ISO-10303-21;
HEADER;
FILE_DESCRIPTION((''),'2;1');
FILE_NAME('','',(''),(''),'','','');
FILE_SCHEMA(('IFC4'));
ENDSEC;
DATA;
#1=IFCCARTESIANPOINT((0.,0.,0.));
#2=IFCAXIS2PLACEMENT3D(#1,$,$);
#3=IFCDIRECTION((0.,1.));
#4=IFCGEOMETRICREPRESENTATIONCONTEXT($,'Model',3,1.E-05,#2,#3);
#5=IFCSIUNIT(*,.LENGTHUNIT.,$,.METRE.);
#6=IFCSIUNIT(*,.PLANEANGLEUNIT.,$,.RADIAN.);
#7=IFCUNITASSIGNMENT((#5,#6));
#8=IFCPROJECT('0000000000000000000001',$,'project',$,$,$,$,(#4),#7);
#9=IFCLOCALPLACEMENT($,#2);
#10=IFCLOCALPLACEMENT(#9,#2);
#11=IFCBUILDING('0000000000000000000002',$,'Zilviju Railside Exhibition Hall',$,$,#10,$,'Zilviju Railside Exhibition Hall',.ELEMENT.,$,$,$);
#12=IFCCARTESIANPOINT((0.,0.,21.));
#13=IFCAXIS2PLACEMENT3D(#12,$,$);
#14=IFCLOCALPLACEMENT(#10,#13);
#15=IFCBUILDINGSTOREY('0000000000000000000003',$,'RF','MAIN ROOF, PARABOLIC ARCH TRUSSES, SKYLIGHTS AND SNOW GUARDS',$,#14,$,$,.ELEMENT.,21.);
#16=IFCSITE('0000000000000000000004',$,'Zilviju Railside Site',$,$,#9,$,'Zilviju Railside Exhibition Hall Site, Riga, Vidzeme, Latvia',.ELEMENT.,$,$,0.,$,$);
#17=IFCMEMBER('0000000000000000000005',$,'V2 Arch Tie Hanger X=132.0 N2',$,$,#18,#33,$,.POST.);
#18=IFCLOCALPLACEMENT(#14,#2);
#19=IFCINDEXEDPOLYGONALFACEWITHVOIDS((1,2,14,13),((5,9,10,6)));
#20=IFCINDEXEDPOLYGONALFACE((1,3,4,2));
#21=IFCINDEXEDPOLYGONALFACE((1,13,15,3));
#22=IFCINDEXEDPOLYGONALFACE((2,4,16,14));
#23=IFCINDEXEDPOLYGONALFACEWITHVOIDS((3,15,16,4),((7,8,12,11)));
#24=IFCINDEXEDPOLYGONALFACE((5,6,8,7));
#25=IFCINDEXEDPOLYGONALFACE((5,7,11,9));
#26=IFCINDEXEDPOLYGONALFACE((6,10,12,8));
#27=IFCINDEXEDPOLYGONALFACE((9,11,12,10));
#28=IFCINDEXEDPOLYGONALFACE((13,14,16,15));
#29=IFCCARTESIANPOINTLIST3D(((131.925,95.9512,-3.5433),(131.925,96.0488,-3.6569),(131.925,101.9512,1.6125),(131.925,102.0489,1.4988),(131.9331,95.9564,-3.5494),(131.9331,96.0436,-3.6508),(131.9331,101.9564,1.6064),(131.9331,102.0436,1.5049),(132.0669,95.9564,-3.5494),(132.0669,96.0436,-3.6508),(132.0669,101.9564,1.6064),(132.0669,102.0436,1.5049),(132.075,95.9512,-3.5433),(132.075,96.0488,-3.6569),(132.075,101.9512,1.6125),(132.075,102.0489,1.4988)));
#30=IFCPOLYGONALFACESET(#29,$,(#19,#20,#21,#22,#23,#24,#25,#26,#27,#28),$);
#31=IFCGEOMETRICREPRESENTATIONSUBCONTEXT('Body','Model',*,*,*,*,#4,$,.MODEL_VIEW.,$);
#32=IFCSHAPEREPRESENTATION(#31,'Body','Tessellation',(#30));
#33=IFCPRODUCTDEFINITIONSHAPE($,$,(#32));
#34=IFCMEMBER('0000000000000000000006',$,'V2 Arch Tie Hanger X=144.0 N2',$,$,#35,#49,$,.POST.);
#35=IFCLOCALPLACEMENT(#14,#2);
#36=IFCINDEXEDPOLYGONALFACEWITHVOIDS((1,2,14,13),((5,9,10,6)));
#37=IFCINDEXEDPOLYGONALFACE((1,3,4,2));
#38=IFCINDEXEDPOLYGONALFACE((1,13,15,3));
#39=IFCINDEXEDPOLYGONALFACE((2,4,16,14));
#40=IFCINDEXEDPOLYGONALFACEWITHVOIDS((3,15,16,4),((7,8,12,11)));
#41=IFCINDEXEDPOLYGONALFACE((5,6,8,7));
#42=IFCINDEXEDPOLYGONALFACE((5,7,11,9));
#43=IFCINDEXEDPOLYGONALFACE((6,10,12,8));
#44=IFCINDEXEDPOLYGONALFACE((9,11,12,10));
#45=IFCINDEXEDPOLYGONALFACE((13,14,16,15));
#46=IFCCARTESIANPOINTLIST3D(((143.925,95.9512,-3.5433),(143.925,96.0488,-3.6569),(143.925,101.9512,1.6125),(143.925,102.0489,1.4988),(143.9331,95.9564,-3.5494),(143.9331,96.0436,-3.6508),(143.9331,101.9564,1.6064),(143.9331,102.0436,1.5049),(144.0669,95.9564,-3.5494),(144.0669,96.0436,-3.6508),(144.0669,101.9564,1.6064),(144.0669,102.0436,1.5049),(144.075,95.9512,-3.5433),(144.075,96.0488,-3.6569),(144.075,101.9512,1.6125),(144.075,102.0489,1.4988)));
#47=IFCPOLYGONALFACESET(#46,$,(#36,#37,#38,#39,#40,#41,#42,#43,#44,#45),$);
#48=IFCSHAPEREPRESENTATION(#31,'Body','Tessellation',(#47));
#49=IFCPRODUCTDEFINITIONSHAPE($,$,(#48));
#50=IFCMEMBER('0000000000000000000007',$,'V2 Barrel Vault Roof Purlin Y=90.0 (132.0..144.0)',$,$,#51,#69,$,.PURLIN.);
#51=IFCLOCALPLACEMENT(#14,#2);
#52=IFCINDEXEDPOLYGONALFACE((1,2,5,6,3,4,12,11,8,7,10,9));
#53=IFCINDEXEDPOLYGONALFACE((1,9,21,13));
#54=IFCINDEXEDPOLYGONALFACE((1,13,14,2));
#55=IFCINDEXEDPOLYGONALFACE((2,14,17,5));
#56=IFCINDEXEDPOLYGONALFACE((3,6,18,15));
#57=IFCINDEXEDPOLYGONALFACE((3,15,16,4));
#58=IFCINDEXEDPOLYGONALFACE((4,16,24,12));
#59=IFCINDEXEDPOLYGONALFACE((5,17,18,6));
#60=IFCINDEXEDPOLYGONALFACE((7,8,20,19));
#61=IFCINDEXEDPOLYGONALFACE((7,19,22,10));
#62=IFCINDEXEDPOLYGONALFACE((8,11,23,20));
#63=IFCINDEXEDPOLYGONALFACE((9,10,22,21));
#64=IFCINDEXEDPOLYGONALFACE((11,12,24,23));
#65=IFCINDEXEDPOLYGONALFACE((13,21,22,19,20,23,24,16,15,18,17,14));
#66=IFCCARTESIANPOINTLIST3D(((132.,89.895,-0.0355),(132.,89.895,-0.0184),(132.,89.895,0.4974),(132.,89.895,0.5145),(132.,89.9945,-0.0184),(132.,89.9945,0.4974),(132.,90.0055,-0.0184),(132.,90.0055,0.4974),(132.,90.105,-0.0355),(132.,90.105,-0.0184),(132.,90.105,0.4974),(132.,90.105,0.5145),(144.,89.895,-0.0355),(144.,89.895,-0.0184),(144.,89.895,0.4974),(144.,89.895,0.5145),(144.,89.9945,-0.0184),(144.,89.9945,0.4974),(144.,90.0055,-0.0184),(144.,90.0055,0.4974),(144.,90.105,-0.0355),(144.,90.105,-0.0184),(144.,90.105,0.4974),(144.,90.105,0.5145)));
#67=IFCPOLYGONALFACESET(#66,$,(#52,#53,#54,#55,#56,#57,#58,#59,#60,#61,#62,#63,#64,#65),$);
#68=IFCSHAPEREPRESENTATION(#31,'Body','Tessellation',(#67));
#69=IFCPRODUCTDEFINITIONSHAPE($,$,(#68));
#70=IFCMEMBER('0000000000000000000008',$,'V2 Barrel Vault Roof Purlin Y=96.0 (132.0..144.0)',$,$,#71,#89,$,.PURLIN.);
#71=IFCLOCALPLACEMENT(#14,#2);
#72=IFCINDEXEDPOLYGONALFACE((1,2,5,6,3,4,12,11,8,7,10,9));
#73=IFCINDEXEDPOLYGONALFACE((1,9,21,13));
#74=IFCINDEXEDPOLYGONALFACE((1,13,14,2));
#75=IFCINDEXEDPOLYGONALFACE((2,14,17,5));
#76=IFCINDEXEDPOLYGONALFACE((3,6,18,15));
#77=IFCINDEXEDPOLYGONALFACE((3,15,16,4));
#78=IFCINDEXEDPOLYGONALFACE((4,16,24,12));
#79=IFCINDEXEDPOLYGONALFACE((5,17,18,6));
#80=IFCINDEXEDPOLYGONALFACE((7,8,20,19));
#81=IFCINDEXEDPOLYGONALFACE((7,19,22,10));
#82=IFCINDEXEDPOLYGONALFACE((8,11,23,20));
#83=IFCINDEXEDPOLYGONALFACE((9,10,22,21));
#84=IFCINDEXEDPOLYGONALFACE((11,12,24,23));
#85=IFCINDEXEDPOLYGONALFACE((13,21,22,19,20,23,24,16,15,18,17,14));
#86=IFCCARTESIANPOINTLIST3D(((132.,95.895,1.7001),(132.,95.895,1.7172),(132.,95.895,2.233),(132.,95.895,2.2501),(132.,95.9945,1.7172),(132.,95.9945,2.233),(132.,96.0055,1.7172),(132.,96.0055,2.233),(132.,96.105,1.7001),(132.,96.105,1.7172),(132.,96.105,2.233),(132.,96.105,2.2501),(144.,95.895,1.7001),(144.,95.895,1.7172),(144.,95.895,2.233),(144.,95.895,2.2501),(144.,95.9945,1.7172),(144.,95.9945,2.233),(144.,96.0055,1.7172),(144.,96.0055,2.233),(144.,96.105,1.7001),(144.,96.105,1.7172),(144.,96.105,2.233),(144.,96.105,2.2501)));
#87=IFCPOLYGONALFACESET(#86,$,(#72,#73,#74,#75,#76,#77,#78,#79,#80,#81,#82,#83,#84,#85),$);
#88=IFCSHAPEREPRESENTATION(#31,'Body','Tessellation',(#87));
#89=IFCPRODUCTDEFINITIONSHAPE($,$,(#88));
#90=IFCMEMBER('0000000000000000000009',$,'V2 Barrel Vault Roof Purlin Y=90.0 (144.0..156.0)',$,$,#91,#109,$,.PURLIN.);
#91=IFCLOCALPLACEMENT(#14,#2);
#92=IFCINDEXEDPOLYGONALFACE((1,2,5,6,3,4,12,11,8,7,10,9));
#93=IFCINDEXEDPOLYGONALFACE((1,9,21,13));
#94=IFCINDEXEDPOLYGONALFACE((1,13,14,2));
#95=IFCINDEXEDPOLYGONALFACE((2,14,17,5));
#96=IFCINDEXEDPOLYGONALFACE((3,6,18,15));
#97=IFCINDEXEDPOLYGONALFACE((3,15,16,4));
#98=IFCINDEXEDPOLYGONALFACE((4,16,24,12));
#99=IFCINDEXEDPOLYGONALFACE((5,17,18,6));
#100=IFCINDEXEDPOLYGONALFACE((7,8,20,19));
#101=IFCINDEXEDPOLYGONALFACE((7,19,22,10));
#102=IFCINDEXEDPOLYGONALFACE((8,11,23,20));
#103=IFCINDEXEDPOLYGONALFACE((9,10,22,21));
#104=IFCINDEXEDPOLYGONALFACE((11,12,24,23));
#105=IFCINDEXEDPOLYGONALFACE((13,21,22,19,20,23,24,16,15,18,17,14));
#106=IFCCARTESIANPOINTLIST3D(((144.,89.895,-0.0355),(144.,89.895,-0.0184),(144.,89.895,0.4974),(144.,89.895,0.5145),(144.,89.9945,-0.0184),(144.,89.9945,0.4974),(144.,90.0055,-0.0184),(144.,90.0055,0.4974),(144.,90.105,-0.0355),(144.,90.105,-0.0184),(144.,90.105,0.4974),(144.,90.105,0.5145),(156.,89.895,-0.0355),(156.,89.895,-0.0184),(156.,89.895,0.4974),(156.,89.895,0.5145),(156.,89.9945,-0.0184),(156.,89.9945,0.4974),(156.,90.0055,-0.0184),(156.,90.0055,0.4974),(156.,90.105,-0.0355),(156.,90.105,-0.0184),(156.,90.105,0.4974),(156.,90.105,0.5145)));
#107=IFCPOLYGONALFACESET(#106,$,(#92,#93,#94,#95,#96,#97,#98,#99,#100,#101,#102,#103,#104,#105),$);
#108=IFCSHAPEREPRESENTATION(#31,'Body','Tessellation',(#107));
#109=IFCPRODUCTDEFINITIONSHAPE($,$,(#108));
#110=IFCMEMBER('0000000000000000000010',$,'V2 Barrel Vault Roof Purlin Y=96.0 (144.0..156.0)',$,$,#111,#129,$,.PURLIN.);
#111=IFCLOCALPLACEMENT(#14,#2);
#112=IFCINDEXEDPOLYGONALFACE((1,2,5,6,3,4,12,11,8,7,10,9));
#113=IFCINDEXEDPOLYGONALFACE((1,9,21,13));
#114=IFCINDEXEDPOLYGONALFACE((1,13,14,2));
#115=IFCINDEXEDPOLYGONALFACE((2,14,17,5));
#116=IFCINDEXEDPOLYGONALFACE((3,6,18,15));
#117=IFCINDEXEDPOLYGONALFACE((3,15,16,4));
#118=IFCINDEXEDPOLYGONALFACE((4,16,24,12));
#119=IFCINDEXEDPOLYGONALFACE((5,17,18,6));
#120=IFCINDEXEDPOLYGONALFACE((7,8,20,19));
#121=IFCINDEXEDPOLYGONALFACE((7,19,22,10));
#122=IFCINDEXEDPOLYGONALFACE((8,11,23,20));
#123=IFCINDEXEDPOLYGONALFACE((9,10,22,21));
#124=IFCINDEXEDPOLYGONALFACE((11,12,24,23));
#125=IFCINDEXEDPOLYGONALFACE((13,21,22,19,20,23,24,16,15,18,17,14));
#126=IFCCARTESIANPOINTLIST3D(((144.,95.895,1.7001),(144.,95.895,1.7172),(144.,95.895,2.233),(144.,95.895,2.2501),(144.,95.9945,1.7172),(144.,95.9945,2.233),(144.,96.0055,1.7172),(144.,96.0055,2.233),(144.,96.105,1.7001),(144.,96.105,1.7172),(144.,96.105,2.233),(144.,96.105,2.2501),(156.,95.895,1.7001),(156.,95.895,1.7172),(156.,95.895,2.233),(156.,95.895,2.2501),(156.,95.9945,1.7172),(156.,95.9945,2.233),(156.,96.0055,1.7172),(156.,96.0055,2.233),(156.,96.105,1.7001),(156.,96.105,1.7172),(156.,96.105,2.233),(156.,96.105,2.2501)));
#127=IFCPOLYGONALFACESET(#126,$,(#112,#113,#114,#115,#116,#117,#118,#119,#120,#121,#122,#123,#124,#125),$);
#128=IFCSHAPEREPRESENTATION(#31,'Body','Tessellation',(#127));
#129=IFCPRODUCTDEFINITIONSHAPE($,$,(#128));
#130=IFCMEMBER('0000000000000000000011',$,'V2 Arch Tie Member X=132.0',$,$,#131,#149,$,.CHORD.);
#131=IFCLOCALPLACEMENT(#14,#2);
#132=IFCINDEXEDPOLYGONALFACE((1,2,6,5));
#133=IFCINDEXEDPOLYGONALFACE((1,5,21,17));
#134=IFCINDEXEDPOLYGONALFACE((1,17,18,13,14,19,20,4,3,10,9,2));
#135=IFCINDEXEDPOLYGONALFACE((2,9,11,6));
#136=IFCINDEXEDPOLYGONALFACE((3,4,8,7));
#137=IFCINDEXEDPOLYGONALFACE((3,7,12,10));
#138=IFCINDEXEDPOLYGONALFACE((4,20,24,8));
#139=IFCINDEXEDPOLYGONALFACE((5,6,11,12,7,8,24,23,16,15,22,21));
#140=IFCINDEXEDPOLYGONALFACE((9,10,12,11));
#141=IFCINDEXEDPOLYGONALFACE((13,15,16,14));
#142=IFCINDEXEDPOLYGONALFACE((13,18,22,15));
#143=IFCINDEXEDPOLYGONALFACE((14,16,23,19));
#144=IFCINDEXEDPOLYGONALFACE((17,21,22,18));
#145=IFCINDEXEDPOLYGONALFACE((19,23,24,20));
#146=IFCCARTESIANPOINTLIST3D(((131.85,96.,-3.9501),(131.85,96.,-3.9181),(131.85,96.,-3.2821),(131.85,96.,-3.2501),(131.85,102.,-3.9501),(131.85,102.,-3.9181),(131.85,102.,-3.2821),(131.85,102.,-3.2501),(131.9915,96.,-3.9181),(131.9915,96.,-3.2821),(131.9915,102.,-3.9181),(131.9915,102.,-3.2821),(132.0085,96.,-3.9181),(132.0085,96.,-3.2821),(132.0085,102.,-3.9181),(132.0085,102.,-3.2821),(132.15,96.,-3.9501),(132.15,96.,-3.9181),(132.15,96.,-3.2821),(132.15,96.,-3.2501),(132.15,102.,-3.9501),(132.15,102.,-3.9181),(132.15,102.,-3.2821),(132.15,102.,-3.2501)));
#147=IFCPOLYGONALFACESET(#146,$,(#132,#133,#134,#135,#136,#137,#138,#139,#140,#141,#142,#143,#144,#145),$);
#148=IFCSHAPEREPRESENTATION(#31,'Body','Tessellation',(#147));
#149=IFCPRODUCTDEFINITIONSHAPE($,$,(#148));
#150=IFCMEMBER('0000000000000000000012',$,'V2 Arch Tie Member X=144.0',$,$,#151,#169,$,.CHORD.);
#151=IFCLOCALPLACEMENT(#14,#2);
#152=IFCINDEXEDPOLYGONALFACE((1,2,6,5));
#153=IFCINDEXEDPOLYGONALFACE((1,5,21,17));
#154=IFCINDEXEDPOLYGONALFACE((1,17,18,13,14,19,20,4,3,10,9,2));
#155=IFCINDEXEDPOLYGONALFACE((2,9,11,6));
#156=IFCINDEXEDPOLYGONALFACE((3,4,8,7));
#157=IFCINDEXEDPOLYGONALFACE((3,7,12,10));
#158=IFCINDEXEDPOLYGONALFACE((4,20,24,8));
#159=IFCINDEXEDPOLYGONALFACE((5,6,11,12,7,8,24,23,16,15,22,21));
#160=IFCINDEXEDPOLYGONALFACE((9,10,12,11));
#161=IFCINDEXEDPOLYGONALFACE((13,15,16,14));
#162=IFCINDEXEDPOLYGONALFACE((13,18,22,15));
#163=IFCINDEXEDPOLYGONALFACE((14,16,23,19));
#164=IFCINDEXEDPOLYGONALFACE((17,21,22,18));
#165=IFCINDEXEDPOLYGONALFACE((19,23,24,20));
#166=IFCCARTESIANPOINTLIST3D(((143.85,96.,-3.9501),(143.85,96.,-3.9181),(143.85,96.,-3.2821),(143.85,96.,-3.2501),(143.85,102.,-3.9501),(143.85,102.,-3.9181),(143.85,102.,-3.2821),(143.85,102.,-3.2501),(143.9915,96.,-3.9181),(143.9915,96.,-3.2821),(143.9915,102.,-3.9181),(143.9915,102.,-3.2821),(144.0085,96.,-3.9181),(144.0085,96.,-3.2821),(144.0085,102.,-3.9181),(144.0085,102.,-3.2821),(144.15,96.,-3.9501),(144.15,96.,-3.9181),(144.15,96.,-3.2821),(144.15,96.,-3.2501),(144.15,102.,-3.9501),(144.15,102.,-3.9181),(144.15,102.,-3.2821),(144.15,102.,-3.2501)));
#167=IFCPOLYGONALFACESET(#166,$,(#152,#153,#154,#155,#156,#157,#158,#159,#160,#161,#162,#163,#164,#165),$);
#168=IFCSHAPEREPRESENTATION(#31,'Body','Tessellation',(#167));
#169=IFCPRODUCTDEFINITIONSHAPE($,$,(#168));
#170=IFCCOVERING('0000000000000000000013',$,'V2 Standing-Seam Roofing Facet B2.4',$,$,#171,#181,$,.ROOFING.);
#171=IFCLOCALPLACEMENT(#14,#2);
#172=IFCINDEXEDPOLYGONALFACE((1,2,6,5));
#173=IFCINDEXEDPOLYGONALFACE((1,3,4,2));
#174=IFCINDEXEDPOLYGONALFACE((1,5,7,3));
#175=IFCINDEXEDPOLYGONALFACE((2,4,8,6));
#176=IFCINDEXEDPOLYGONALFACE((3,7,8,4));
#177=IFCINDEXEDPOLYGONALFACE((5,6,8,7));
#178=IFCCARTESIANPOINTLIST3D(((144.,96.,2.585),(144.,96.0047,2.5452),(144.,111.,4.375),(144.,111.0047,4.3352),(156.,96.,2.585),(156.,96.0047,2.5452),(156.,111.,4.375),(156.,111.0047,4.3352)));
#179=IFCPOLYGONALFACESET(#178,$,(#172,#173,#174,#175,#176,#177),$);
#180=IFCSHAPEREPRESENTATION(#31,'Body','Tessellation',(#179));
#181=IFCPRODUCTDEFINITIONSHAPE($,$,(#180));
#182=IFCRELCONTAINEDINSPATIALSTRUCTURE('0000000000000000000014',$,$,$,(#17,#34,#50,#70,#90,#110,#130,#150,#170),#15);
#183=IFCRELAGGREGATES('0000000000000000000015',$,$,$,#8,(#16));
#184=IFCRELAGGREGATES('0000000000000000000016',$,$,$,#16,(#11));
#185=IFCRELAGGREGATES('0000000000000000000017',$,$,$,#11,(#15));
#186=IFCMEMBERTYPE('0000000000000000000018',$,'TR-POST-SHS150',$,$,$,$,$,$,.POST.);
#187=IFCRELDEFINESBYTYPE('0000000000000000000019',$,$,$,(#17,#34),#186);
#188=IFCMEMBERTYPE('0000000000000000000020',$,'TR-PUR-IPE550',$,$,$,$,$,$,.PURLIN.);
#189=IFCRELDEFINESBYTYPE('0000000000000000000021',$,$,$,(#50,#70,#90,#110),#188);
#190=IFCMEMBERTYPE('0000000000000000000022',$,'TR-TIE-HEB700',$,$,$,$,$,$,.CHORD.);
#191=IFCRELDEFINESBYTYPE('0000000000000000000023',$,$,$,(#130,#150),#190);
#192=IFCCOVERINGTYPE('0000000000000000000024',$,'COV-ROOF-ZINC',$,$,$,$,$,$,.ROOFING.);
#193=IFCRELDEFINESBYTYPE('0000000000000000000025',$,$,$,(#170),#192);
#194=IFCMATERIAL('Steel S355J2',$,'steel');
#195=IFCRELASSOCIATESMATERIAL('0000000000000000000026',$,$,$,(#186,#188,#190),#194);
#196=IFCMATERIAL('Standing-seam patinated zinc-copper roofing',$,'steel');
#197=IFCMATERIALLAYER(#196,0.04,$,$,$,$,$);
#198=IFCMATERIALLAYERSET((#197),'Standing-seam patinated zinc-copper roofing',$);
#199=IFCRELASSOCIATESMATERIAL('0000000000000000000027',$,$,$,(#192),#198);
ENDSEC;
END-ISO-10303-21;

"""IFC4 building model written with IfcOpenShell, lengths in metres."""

from ifc_helpers import new_model, si_unit, direction, frame, origin, origin_2d, place, context, subcontext, project, spatial, polyline, hollow_rectangle, i_section, outline, extrude, material, layer, layer_set, material_profile, profile_set, type_object, element, save


model = new_model("IFC4")

# Units and contexts
model_context = context("Model", 3, precision=1e-05, world=origin(), true_north=direction((0.0, 1.0)))
body_context = subcontext(model_context, "Body", "Model", "MODEL_VIEW")
ifc_project = project(units=[si_unit("LENGTHUNIT", "METRE"), si_unit("PLANEANGLEUNIT", "RADIAN")], contexts=[model_context])

# Site, building, storey
site_placement = place(None, origin())
site = spatial("IfcSite", under=ifc_project, at=site_placement, Name="Zilviju Railside Site", LongName="Zilviju Railside Exhibition Hall Site, Riga, Vidzeme, Latvia", CompositionType="ELEMENT", RefElevation=0.0)
building_placement = place(site_placement, origin())
building = spatial("IfcBuilding", under=site, at=building_placement, Name="Zilviju Railside Exhibition Hall", LongName="Zilviju Railside Exhibition Hall", CompositionType="ELEMENT")
storey_placement = place(building_placement, frame((0.0, 0.0, 21.0)))
storey = spatial("IfcBuildingStorey", under=building, at=storey_placement, Name="RF", Description="MAIN ROOF, PARABOLIC ARCH TRUSSES, SKYLIGHTS AND SNOW GUARDS", CompositionType="ELEMENT", Elevation=21.0)

# Members
ifc_material_1 = material(Name="Steel S355J2", Category="steel")
ifc_material_profile_1 = material_profile(ifc_material_1, hollow_rectangle(XDim=0.1499, YDim=0.1499, WallThickness=0.0081, at=origin_2d()), Name="SHS 150x150x8.0")
ifc_profile_set_1 = profile_set([ifc_material_profile_1], Name="Steel S355J2")
member_type_1 = type_object("IfcMemberType", Name="TR-POST-SHS150", PredefinedType="POST", material=ifc_profile_set_1)
for number, where, z_axis, x_axis, name in (
    (1, (132.0, 96.0, -3.6001), (0.0, 0.75845, 0.651731), (-1.0, 0.0, 0.0), "V2 Arch Tie Hanger X=132.0 N2"),
    (2, (144.0, 96.0, -3.6001), (0.0, 0.75845, 0.651731), (-1.0, 0.0, 0.0), "V2 Arch Tie Hanger X=144.0 N2"),
):
    element("IfcMember", number, at=place(storey_placement, frame(where, z_axis=z_axis, x_axis=x_axis)), inside=storey, type_object=member_type_1, Name=name, PredefinedType="POST", context=body_context, shape_type="SweptSolid", body=[
        extrude(hollow_rectangle(XDim=0.1499, YDim=0.1499, WallThickness=0.0081, at=origin_2d()), origin(), (0.0, 0.0, 1.0), 7.9109),
    ])
ifc_material_profile_2 = material_profile(ifc_material_1, i_section(OverallWidth=0.21, OverallDepth=0.55, WebThickness=0.011, FlangeThickness=0.0171, at=origin_2d()), Name="IPE 550")
ifc_profile_set_2 = profile_set([ifc_material_profile_2], Name="Steel S355J2")
member_type_2 = type_object("IfcMemberType", Name="TR-PUR-IPE550", PredefinedType="PURLIN", material=ifc_profile_set_2)
for number, where, z_axis, x_axis, name in (
    (3, (132.0, 90.0, 0.2395), (1.0, 0.0, 0.0), (0.0, 1.0, 0.0), "V2 Barrel Vault Roof Purlin Y=90.0 (132.0..144.0)"),
    (4, (132.0, 96.0, 1.9751), (1.0, 0.0, 0.0), (0.0, 1.0, 0.0), "V2 Barrel Vault Roof Purlin Y=96.0 (132.0..144.0)"),
    (5, (144.0, 90.0, 0.2395), (1.0, 0.0, 0.0), (0.0, 1.0, 0.0), "V2 Barrel Vault Roof Purlin Y=90.0 (144.0..156.0)"),
    (6, (144.0, 96.0, 1.9751), (1.0, 0.0, 0.0), (0.0, 1.0, 0.0), "V2 Barrel Vault Roof Purlin Y=96.0 (144.0..156.0)"),
):
    element("IfcMember", number, at=place(storey_placement, frame(where, z_axis=z_axis, x_axis=x_axis)), inside=storey, type_object=member_type_2, Name=name, PredefinedType="PURLIN", context=body_context, shape_type="SweptSolid", body=[
        extrude(i_section(OverallWidth=0.21, OverallDepth=0.55, WebThickness=0.011, FlangeThickness=0.0171, at=origin_2d()), origin(), (0.0, 0.0, 1.0), 12.0),
    ])
ifc_material_profile_3 = material_profile(ifc_material_1, i_section(OverallWidth=0.3, OverallDepth=0.7, WebThickness=0.0171, FlangeThickness=0.032, at=origin_2d()), Name="HEB 700")
ifc_profile_set_3 = profile_set([ifc_material_profile_3], Name="Steel S355J2")
member_type_3 = type_object("IfcMemberType", Name="TR-TIE-HEB700", PredefinedType="CHORD", material=ifc_profile_set_3)
for number, where, z_axis, x_axis, name in (
    (7, (132.0, 96.0, -3.6001), (0.0, 1.0, 0.0), (-1.0, 0.0, 0.0), "V2 Arch Tie Member X=132.0"),
    (8, (144.0, 96.0, -3.6001), (0.0, 1.0, 0.0), (-1.0, 0.0, 0.0), "V2 Arch Tie Member X=144.0"),
):
    element("IfcMember", number, at=place(storey_placement, frame(where, z_axis=z_axis, x_axis=x_axis)), inside=storey, type_object=member_type_3, Name=name, PredefinedType="CHORD", context=body_context, shape_type="SweptSolid", body=[
        extrude(i_section(OverallWidth=0.3, OverallDepth=0.7, WebThickness=0.0171, FlangeThickness=0.032, at=origin_2d()), origin(), (0.0, 0.0, 1.0), 6.0),
    ])

# Covering
ifc_material_2 = material(Name="Standing-seam patinated zinc-copper roofing", Category="steel")
ifc_layer = layer(ifc_material_2, 0.04)
ifc_layer_set = layer_set([ifc_layer], Name="Standing-seam patinated zinc-copper roofing")
covering_type = type_object("IfcCoveringType", Name="COV-ROOF-ZINC", PredefinedType="ROOFING", material=ifc_layer_set)
covering_placement = place(storey_placement, frame((144.0, 96.0, 2.585), z_axis=(0.0, -0.118495, 0.992955), x_axis=(1.0, 0.0, 0.0)))
element("IfcCovering", 9, at=covering_placement, inside=storey, type_object=covering_type, Name="V2 Standing-Seam Roofing Facet B2.4", PredefinedType="ROOFING", context=body_context, shape_type="SweptSolid", body=[
    extrude(outline(polyline([(0.0, 0.0), (12.0, 0.0), (12.0, 15.1064), (0.0, 15.1064), (0.0, 0.0)])), origin(), (0.0, 0.0, -1.0), 0.04),
])

save(model, "model.ifc")
